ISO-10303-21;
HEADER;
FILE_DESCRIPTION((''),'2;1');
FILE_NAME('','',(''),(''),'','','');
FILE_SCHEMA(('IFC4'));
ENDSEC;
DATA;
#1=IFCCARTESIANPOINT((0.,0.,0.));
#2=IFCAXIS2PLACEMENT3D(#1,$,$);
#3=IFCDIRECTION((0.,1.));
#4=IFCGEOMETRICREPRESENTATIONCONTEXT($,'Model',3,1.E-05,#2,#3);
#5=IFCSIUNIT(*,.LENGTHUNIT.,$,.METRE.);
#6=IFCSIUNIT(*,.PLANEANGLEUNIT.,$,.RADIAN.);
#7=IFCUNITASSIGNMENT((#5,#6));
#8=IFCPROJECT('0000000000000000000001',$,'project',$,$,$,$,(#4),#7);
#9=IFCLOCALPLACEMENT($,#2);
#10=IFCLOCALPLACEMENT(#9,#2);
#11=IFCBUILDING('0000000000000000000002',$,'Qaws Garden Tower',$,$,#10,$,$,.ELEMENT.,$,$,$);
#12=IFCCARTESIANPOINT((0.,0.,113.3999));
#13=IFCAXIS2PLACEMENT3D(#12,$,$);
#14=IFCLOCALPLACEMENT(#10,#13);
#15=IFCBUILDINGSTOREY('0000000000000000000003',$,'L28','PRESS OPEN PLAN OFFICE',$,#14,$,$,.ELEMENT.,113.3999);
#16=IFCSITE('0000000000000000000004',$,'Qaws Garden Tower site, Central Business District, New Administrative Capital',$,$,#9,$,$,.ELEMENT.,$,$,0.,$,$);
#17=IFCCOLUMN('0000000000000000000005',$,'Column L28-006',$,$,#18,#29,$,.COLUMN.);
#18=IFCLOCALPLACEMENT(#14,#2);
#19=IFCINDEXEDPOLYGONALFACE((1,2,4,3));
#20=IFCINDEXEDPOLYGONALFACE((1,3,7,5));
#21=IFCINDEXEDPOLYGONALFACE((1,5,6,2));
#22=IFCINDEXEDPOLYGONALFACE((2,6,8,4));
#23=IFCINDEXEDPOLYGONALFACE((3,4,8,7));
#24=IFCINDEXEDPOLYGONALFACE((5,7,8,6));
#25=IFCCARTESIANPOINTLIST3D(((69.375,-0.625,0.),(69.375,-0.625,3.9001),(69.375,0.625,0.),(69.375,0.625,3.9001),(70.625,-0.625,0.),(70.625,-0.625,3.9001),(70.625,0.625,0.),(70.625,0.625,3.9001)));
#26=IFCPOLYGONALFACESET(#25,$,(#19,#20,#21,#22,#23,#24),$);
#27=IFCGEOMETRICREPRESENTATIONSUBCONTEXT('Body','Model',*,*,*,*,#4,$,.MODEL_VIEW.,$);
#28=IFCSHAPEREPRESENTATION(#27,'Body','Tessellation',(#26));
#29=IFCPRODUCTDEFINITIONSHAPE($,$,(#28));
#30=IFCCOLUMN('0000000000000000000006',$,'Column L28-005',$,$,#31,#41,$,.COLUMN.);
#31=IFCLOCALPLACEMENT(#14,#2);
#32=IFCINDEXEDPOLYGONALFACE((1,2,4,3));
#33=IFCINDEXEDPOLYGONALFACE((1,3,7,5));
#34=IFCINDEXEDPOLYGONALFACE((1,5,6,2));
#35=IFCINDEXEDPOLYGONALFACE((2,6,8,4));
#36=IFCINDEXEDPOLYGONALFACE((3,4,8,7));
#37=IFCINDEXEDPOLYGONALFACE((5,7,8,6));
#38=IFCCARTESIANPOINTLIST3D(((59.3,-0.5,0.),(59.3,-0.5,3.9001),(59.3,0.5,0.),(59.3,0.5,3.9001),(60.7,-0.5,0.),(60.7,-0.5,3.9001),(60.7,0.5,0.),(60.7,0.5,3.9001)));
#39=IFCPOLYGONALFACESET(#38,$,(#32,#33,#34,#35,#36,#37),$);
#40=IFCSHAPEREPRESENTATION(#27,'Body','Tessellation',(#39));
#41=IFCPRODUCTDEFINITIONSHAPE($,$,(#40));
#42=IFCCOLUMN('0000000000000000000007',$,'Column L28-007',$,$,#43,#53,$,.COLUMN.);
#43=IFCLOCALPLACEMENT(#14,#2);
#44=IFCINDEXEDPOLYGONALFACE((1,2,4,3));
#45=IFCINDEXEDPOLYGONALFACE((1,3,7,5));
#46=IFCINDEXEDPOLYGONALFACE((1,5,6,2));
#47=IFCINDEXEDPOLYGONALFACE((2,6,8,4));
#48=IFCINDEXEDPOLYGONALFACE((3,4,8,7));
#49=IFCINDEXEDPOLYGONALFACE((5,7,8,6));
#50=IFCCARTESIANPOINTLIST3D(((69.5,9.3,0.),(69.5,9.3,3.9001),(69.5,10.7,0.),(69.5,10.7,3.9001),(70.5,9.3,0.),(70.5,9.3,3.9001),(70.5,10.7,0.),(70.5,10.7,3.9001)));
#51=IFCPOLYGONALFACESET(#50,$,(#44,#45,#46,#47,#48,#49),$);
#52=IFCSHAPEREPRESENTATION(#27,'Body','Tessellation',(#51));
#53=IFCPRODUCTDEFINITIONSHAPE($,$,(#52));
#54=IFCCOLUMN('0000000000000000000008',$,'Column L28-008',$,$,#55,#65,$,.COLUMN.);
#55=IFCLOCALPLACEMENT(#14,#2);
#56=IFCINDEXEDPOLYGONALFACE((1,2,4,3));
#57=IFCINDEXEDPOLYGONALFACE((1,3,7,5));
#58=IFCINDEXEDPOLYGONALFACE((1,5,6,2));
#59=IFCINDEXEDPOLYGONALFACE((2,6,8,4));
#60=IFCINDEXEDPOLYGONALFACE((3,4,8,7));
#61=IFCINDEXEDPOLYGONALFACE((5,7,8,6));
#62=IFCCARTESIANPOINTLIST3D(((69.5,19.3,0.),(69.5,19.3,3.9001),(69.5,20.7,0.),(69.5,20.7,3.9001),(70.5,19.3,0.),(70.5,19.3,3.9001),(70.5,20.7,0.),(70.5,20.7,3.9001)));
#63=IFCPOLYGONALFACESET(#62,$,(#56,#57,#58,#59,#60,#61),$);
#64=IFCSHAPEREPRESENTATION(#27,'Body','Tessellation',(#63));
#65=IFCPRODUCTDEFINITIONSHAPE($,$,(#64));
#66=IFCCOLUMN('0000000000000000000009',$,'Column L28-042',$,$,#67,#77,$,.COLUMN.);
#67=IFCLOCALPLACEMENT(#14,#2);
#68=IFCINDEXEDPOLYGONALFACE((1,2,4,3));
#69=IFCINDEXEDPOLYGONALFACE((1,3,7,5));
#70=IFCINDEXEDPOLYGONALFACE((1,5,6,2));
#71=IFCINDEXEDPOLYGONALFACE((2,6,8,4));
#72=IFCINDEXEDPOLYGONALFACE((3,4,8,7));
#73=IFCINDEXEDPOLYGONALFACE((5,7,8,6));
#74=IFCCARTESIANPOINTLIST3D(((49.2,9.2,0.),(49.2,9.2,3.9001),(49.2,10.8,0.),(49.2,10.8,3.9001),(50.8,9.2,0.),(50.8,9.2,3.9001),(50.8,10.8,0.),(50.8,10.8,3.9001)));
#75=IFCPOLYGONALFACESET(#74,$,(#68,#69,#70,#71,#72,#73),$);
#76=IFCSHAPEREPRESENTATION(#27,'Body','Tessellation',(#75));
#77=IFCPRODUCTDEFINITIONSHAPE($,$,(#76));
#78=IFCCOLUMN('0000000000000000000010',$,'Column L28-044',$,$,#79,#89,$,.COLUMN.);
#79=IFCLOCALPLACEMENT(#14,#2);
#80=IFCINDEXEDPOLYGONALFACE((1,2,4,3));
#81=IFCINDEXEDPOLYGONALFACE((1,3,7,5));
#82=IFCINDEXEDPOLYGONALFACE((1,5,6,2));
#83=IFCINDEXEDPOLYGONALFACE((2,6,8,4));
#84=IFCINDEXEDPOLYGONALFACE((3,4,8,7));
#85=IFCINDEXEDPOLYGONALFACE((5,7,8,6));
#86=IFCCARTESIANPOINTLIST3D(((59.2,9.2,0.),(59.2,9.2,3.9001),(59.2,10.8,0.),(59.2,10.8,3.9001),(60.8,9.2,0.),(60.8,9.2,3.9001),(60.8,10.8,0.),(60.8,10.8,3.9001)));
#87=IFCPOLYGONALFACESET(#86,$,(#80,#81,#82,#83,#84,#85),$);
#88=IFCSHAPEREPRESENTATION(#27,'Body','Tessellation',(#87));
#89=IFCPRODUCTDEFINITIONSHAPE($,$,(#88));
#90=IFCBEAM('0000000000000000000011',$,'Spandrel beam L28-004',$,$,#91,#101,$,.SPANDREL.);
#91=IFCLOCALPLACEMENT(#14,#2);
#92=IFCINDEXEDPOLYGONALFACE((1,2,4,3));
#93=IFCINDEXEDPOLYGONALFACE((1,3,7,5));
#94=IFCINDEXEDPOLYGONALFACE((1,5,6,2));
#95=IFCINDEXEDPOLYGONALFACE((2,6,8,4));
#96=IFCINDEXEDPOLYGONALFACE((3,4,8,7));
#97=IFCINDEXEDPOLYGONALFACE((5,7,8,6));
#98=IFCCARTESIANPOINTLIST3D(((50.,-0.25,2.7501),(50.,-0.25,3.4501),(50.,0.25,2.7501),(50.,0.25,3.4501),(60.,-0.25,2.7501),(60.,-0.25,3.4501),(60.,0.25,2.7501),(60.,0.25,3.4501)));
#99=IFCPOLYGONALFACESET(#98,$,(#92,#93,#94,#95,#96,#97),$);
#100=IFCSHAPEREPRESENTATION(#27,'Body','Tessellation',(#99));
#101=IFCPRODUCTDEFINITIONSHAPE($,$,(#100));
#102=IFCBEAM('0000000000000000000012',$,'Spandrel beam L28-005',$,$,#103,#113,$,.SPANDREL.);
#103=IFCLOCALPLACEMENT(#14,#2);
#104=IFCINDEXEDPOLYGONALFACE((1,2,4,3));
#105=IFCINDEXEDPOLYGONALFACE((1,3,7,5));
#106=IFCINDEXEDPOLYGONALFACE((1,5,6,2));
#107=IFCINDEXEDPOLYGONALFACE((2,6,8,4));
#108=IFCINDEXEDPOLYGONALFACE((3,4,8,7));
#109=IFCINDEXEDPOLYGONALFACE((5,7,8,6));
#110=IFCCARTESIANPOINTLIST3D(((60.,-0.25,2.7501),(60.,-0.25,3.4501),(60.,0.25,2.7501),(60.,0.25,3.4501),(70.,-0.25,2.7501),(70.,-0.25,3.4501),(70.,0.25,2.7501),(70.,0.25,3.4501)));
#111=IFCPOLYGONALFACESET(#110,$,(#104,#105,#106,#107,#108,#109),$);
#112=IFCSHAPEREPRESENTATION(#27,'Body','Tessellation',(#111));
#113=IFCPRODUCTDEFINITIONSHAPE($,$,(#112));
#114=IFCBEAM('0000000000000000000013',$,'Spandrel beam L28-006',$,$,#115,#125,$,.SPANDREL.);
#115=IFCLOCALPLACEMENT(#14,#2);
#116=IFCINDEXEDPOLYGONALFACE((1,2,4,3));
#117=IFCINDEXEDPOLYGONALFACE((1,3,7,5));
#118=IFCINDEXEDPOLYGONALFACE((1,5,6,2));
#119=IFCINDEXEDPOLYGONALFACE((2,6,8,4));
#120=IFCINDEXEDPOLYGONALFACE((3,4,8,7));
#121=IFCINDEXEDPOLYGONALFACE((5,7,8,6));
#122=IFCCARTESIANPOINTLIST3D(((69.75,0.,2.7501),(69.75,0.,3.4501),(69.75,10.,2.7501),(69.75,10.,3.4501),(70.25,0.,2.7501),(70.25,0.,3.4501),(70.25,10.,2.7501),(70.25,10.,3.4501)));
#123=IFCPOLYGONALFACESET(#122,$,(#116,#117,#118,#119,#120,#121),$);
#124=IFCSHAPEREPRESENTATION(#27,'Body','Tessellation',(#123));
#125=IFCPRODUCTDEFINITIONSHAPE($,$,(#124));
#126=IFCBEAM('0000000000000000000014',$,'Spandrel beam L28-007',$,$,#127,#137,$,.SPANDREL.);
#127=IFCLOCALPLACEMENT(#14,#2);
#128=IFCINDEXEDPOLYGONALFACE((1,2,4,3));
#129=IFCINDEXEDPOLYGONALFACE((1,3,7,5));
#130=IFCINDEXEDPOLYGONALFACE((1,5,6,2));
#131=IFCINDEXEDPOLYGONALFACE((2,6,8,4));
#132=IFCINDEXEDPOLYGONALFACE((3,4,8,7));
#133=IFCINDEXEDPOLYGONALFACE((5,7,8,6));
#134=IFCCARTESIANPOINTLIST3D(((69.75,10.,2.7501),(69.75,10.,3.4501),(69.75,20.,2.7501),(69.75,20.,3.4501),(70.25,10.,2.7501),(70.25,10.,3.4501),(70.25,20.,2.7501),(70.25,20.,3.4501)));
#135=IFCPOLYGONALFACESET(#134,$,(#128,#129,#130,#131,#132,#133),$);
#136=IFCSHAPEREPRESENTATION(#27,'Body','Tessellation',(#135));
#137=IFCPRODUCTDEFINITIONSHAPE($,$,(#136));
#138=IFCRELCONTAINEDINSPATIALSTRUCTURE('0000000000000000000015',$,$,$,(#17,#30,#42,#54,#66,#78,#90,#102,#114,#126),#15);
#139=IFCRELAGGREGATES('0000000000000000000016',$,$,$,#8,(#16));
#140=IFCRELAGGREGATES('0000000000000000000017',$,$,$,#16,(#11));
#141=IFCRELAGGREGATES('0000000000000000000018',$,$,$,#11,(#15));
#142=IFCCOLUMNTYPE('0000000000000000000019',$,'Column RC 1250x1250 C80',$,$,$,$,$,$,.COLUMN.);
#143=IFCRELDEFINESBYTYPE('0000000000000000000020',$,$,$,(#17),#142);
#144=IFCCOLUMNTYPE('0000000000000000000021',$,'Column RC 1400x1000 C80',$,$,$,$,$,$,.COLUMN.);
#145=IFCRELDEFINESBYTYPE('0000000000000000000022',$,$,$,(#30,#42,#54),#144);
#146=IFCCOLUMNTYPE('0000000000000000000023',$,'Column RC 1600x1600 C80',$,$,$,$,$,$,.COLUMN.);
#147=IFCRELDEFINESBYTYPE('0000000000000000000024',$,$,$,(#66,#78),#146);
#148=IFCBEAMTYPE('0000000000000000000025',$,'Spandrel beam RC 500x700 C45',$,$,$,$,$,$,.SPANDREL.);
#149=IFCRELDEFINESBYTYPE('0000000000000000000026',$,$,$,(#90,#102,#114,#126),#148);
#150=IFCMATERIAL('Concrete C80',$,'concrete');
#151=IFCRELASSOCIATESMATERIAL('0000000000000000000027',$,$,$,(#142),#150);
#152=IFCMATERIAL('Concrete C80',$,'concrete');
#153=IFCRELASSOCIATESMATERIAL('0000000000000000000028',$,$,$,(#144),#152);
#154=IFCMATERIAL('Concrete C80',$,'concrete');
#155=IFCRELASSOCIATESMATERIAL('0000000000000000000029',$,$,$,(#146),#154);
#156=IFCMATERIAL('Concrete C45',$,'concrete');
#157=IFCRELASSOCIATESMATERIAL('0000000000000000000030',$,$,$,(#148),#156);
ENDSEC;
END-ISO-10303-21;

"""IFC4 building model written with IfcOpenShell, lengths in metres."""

from ifc_helpers import new_model, si_unit, direction, frame, origin, origin_2d, place, context, subcontext, project, spatial, rectangle, extrude, material, material_profile, profile_set, type_object, element, save


model = new_model("IFC4")

# Units and contexts
model_context = context("Model", 3, precision=1e-05, world=origin(), true_north=direction((0.0, 1.0)))
body_context = subcontext(model_context, "Body", "Model", "MODEL_VIEW")
ifc_project = project(units=[si_unit("LENGTHUNIT", "METRE"), si_unit("PLANEANGLEUNIT", "RADIAN")], contexts=[model_context])

# Site, building, storey
site_placement = place(None, origin())
site = spatial("IfcSite", under=ifc_project, at=site_placement, Name="Qaws Garden Tower site, Central Business District, New Administrative Capital", CompositionType="ELEMENT", RefElevation=0.0)
building_placement = place(site_placement, origin())
building = spatial("IfcBuilding", under=site, at=building_placement, Name="Qaws Garden Tower", CompositionType="ELEMENT")
storey_placement = place(building_placement, frame((0.0, 0.0, 113.3999)))
storey = spatial("IfcBuildingStorey", under=building, at=storey_placement, Name="L28", Description="PRESS OPEN PLAN OFFICE", CompositionType="ELEMENT", Elevation=113.3999)

# Columns
ifc_material_1 = material(Name="Concrete C80", Category="concrete")
ifc_material_profile_1 = material_profile(ifc_material_1, rectangle(XDim=1.25, YDim=1.25, at=origin_2d()), Name="RC 1250x1250")
ifc_profile_set_1 = profile_set([ifc_material_profile_1], Name="Concrete C80")
column_type_1 = type_object("IfcColumnType", Name="Column RC 1250x1250 C80", PredefinedType="COLUMN", material=ifc_profile_set_1)
column_placement = place(storey_placement, frame((70.0, 0.0, 0.0), z_axis=(0.0, 0.0, 1.0), x_axis=(1.0, 0.0, 0.0)))
element("IfcColumn", 1, at=column_placement, inside=storey, type_object=column_type_1, Name="Column L28-006", PredefinedType="COLUMN", context=body_context, shape_type="SweptSolid", body=[
    extrude(rectangle(XDim=1.25, YDim=1.25, at=origin_2d()), origin(), (0.0, 0.0, 1.0), 3.9001),
])
ifc_material_2 = material(Name="Concrete C80", Category="concrete")
ifc_material_profile_2 = material_profile(ifc_material_2, rectangle(XDim=1.3999, YDim=1.0, at=origin_2d()), Name="RC 1400x1000")
ifc_profile_set_2 = profile_set([ifc_material_profile_2], Name="Concrete C80")
column_type_2 = type_object("IfcColumnType", Name="Column RC 1400x1000 C80", PredefinedType="COLUMN", material=ifc_profile_set_2)
for number, where, z_axis, x_axis, name in (
    (2, (60.0, 0.0, 0.0), (0.0, 0.0, 1.0), (1.0, 0.0, 0.0), "Column L28-005"),
    (3, (70.0, 10.0, 0.0), (0.0, 0.0, 1.0), (0.0, 1.0, 0.0), "Column L28-007"),
    (4, (70.0, 20.0, 0.0), (0.0, 0.0, 1.0), (0.0, 1.0, 0.0), "Column L28-008"),
):
    element("IfcColumn", number, at=place(storey_placement, frame(where, z_axis=z_axis, x_axis=x_axis)), inside=storey, type_object=column_type_2, Name=name, PredefinedType="COLUMN", context=body_context, shape_type="SweptSolid", body=[
        extrude(rectangle(XDim=1.3999, YDim=1.0, at=origin_2d()), origin(), (0.0, 0.0, 1.0), 3.9001),
    ])
ifc_material_3 = material(Name="Concrete C80", Category="concrete")
ifc_material_profile_3 = material_profile(ifc_material_3, rectangle(XDim=1.6001, YDim=1.6001, at=origin_2d()), Name="RC 1600x1600")
ifc_profile_set_3 = profile_set([ifc_material_profile_3], Name="Concrete C80")
column_type_3 = type_object("IfcColumnType", Name="Column RC 1600x1600 C80", PredefinedType="COLUMN", material=ifc_profile_set_3)
for number, where, z_axis, x_axis, name in (
    (5, (50.0, 10.0, 0.0), (0.0, 0.0, 1.0), (1.0, 0.0, 0.0), "Column L28-042"),
    (6, (60.0, 10.0, 0.0), (0.0, 0.0, 1.0), (1.0, 0.0, 0.0), "Column L28-044"),
):
    element("IfcColumn", number, at=place(storey_placement, frame(where, z_axis=z_axis, x_axis=x_axis)), inside=storey, type_object=column_type_3, Name=name, PredefinedType="COLUMN", context=body_context, shape_type="SweptSolid", body=[
        extrude(rectangle(XDim=1.6001, YDim=1.6001, at=origin_2d()), origin(), (0.0, 0.0, 1.0), 3.9001),
    ])

# Beams
ifc_material_4 = material(Name="Concrete C45", Category="concrete")
ifc_material_profile_4 = material_profile(ifc_material_4, rectangle(XDim=0.5, YDim=0.7, at=origin_2d()), Name="RC 500x700")
ifc_profile_set_4 = profile_set([ifc_material_profile_4], Name="Concrete C45")
beam_type = type_object("IfcBeamType", Name="Spandrel beam RC 500x700 C45", PredefinedType="SPANDREL", material=ifc_profile_set_4)
for number, where, z_axis, x_axis, name in (
    (7, (50.0, 0.0, 3.1001), (1.0, 0.0, 0.0), (0.0, 1.0, 0.0), "Spandrel beam L28-004"),
    (8, (60.0, 0.0, 3.1001), (1.0, 0.0, 0.0), (0.0, 1.0, 0.0), "Spandrel beam L28-005"),
    (9, (70.0, 0.0, 3.1001), (0.0, 1.0, 0.0), (-1.0, 0.0, 0.0), "Spandrel beam L28-006"),
    (10, (70.0, 10.0, 3.1001), (0.0, 1.0, 0.0), (-1.0, 0.0, 0.0), "Spandrel beam L28-007"),
):
    element("IfcBeam", number, at=place(storey_placement, frame(where, z_axis=z_axis, x_axis=x_axis)), inside=storey, type_object=beam_type, Name=name, PredefinedType="SPANDREL", context=body_context, shape_type="SweptSolid", body=[
        extrude(rectangle(XDim=0.5, YDim=0.7, at=origin_2d()), origin(), (0.0, 0.0, 1.0), 10.0),
    ])

save(model, "model.ifc")
